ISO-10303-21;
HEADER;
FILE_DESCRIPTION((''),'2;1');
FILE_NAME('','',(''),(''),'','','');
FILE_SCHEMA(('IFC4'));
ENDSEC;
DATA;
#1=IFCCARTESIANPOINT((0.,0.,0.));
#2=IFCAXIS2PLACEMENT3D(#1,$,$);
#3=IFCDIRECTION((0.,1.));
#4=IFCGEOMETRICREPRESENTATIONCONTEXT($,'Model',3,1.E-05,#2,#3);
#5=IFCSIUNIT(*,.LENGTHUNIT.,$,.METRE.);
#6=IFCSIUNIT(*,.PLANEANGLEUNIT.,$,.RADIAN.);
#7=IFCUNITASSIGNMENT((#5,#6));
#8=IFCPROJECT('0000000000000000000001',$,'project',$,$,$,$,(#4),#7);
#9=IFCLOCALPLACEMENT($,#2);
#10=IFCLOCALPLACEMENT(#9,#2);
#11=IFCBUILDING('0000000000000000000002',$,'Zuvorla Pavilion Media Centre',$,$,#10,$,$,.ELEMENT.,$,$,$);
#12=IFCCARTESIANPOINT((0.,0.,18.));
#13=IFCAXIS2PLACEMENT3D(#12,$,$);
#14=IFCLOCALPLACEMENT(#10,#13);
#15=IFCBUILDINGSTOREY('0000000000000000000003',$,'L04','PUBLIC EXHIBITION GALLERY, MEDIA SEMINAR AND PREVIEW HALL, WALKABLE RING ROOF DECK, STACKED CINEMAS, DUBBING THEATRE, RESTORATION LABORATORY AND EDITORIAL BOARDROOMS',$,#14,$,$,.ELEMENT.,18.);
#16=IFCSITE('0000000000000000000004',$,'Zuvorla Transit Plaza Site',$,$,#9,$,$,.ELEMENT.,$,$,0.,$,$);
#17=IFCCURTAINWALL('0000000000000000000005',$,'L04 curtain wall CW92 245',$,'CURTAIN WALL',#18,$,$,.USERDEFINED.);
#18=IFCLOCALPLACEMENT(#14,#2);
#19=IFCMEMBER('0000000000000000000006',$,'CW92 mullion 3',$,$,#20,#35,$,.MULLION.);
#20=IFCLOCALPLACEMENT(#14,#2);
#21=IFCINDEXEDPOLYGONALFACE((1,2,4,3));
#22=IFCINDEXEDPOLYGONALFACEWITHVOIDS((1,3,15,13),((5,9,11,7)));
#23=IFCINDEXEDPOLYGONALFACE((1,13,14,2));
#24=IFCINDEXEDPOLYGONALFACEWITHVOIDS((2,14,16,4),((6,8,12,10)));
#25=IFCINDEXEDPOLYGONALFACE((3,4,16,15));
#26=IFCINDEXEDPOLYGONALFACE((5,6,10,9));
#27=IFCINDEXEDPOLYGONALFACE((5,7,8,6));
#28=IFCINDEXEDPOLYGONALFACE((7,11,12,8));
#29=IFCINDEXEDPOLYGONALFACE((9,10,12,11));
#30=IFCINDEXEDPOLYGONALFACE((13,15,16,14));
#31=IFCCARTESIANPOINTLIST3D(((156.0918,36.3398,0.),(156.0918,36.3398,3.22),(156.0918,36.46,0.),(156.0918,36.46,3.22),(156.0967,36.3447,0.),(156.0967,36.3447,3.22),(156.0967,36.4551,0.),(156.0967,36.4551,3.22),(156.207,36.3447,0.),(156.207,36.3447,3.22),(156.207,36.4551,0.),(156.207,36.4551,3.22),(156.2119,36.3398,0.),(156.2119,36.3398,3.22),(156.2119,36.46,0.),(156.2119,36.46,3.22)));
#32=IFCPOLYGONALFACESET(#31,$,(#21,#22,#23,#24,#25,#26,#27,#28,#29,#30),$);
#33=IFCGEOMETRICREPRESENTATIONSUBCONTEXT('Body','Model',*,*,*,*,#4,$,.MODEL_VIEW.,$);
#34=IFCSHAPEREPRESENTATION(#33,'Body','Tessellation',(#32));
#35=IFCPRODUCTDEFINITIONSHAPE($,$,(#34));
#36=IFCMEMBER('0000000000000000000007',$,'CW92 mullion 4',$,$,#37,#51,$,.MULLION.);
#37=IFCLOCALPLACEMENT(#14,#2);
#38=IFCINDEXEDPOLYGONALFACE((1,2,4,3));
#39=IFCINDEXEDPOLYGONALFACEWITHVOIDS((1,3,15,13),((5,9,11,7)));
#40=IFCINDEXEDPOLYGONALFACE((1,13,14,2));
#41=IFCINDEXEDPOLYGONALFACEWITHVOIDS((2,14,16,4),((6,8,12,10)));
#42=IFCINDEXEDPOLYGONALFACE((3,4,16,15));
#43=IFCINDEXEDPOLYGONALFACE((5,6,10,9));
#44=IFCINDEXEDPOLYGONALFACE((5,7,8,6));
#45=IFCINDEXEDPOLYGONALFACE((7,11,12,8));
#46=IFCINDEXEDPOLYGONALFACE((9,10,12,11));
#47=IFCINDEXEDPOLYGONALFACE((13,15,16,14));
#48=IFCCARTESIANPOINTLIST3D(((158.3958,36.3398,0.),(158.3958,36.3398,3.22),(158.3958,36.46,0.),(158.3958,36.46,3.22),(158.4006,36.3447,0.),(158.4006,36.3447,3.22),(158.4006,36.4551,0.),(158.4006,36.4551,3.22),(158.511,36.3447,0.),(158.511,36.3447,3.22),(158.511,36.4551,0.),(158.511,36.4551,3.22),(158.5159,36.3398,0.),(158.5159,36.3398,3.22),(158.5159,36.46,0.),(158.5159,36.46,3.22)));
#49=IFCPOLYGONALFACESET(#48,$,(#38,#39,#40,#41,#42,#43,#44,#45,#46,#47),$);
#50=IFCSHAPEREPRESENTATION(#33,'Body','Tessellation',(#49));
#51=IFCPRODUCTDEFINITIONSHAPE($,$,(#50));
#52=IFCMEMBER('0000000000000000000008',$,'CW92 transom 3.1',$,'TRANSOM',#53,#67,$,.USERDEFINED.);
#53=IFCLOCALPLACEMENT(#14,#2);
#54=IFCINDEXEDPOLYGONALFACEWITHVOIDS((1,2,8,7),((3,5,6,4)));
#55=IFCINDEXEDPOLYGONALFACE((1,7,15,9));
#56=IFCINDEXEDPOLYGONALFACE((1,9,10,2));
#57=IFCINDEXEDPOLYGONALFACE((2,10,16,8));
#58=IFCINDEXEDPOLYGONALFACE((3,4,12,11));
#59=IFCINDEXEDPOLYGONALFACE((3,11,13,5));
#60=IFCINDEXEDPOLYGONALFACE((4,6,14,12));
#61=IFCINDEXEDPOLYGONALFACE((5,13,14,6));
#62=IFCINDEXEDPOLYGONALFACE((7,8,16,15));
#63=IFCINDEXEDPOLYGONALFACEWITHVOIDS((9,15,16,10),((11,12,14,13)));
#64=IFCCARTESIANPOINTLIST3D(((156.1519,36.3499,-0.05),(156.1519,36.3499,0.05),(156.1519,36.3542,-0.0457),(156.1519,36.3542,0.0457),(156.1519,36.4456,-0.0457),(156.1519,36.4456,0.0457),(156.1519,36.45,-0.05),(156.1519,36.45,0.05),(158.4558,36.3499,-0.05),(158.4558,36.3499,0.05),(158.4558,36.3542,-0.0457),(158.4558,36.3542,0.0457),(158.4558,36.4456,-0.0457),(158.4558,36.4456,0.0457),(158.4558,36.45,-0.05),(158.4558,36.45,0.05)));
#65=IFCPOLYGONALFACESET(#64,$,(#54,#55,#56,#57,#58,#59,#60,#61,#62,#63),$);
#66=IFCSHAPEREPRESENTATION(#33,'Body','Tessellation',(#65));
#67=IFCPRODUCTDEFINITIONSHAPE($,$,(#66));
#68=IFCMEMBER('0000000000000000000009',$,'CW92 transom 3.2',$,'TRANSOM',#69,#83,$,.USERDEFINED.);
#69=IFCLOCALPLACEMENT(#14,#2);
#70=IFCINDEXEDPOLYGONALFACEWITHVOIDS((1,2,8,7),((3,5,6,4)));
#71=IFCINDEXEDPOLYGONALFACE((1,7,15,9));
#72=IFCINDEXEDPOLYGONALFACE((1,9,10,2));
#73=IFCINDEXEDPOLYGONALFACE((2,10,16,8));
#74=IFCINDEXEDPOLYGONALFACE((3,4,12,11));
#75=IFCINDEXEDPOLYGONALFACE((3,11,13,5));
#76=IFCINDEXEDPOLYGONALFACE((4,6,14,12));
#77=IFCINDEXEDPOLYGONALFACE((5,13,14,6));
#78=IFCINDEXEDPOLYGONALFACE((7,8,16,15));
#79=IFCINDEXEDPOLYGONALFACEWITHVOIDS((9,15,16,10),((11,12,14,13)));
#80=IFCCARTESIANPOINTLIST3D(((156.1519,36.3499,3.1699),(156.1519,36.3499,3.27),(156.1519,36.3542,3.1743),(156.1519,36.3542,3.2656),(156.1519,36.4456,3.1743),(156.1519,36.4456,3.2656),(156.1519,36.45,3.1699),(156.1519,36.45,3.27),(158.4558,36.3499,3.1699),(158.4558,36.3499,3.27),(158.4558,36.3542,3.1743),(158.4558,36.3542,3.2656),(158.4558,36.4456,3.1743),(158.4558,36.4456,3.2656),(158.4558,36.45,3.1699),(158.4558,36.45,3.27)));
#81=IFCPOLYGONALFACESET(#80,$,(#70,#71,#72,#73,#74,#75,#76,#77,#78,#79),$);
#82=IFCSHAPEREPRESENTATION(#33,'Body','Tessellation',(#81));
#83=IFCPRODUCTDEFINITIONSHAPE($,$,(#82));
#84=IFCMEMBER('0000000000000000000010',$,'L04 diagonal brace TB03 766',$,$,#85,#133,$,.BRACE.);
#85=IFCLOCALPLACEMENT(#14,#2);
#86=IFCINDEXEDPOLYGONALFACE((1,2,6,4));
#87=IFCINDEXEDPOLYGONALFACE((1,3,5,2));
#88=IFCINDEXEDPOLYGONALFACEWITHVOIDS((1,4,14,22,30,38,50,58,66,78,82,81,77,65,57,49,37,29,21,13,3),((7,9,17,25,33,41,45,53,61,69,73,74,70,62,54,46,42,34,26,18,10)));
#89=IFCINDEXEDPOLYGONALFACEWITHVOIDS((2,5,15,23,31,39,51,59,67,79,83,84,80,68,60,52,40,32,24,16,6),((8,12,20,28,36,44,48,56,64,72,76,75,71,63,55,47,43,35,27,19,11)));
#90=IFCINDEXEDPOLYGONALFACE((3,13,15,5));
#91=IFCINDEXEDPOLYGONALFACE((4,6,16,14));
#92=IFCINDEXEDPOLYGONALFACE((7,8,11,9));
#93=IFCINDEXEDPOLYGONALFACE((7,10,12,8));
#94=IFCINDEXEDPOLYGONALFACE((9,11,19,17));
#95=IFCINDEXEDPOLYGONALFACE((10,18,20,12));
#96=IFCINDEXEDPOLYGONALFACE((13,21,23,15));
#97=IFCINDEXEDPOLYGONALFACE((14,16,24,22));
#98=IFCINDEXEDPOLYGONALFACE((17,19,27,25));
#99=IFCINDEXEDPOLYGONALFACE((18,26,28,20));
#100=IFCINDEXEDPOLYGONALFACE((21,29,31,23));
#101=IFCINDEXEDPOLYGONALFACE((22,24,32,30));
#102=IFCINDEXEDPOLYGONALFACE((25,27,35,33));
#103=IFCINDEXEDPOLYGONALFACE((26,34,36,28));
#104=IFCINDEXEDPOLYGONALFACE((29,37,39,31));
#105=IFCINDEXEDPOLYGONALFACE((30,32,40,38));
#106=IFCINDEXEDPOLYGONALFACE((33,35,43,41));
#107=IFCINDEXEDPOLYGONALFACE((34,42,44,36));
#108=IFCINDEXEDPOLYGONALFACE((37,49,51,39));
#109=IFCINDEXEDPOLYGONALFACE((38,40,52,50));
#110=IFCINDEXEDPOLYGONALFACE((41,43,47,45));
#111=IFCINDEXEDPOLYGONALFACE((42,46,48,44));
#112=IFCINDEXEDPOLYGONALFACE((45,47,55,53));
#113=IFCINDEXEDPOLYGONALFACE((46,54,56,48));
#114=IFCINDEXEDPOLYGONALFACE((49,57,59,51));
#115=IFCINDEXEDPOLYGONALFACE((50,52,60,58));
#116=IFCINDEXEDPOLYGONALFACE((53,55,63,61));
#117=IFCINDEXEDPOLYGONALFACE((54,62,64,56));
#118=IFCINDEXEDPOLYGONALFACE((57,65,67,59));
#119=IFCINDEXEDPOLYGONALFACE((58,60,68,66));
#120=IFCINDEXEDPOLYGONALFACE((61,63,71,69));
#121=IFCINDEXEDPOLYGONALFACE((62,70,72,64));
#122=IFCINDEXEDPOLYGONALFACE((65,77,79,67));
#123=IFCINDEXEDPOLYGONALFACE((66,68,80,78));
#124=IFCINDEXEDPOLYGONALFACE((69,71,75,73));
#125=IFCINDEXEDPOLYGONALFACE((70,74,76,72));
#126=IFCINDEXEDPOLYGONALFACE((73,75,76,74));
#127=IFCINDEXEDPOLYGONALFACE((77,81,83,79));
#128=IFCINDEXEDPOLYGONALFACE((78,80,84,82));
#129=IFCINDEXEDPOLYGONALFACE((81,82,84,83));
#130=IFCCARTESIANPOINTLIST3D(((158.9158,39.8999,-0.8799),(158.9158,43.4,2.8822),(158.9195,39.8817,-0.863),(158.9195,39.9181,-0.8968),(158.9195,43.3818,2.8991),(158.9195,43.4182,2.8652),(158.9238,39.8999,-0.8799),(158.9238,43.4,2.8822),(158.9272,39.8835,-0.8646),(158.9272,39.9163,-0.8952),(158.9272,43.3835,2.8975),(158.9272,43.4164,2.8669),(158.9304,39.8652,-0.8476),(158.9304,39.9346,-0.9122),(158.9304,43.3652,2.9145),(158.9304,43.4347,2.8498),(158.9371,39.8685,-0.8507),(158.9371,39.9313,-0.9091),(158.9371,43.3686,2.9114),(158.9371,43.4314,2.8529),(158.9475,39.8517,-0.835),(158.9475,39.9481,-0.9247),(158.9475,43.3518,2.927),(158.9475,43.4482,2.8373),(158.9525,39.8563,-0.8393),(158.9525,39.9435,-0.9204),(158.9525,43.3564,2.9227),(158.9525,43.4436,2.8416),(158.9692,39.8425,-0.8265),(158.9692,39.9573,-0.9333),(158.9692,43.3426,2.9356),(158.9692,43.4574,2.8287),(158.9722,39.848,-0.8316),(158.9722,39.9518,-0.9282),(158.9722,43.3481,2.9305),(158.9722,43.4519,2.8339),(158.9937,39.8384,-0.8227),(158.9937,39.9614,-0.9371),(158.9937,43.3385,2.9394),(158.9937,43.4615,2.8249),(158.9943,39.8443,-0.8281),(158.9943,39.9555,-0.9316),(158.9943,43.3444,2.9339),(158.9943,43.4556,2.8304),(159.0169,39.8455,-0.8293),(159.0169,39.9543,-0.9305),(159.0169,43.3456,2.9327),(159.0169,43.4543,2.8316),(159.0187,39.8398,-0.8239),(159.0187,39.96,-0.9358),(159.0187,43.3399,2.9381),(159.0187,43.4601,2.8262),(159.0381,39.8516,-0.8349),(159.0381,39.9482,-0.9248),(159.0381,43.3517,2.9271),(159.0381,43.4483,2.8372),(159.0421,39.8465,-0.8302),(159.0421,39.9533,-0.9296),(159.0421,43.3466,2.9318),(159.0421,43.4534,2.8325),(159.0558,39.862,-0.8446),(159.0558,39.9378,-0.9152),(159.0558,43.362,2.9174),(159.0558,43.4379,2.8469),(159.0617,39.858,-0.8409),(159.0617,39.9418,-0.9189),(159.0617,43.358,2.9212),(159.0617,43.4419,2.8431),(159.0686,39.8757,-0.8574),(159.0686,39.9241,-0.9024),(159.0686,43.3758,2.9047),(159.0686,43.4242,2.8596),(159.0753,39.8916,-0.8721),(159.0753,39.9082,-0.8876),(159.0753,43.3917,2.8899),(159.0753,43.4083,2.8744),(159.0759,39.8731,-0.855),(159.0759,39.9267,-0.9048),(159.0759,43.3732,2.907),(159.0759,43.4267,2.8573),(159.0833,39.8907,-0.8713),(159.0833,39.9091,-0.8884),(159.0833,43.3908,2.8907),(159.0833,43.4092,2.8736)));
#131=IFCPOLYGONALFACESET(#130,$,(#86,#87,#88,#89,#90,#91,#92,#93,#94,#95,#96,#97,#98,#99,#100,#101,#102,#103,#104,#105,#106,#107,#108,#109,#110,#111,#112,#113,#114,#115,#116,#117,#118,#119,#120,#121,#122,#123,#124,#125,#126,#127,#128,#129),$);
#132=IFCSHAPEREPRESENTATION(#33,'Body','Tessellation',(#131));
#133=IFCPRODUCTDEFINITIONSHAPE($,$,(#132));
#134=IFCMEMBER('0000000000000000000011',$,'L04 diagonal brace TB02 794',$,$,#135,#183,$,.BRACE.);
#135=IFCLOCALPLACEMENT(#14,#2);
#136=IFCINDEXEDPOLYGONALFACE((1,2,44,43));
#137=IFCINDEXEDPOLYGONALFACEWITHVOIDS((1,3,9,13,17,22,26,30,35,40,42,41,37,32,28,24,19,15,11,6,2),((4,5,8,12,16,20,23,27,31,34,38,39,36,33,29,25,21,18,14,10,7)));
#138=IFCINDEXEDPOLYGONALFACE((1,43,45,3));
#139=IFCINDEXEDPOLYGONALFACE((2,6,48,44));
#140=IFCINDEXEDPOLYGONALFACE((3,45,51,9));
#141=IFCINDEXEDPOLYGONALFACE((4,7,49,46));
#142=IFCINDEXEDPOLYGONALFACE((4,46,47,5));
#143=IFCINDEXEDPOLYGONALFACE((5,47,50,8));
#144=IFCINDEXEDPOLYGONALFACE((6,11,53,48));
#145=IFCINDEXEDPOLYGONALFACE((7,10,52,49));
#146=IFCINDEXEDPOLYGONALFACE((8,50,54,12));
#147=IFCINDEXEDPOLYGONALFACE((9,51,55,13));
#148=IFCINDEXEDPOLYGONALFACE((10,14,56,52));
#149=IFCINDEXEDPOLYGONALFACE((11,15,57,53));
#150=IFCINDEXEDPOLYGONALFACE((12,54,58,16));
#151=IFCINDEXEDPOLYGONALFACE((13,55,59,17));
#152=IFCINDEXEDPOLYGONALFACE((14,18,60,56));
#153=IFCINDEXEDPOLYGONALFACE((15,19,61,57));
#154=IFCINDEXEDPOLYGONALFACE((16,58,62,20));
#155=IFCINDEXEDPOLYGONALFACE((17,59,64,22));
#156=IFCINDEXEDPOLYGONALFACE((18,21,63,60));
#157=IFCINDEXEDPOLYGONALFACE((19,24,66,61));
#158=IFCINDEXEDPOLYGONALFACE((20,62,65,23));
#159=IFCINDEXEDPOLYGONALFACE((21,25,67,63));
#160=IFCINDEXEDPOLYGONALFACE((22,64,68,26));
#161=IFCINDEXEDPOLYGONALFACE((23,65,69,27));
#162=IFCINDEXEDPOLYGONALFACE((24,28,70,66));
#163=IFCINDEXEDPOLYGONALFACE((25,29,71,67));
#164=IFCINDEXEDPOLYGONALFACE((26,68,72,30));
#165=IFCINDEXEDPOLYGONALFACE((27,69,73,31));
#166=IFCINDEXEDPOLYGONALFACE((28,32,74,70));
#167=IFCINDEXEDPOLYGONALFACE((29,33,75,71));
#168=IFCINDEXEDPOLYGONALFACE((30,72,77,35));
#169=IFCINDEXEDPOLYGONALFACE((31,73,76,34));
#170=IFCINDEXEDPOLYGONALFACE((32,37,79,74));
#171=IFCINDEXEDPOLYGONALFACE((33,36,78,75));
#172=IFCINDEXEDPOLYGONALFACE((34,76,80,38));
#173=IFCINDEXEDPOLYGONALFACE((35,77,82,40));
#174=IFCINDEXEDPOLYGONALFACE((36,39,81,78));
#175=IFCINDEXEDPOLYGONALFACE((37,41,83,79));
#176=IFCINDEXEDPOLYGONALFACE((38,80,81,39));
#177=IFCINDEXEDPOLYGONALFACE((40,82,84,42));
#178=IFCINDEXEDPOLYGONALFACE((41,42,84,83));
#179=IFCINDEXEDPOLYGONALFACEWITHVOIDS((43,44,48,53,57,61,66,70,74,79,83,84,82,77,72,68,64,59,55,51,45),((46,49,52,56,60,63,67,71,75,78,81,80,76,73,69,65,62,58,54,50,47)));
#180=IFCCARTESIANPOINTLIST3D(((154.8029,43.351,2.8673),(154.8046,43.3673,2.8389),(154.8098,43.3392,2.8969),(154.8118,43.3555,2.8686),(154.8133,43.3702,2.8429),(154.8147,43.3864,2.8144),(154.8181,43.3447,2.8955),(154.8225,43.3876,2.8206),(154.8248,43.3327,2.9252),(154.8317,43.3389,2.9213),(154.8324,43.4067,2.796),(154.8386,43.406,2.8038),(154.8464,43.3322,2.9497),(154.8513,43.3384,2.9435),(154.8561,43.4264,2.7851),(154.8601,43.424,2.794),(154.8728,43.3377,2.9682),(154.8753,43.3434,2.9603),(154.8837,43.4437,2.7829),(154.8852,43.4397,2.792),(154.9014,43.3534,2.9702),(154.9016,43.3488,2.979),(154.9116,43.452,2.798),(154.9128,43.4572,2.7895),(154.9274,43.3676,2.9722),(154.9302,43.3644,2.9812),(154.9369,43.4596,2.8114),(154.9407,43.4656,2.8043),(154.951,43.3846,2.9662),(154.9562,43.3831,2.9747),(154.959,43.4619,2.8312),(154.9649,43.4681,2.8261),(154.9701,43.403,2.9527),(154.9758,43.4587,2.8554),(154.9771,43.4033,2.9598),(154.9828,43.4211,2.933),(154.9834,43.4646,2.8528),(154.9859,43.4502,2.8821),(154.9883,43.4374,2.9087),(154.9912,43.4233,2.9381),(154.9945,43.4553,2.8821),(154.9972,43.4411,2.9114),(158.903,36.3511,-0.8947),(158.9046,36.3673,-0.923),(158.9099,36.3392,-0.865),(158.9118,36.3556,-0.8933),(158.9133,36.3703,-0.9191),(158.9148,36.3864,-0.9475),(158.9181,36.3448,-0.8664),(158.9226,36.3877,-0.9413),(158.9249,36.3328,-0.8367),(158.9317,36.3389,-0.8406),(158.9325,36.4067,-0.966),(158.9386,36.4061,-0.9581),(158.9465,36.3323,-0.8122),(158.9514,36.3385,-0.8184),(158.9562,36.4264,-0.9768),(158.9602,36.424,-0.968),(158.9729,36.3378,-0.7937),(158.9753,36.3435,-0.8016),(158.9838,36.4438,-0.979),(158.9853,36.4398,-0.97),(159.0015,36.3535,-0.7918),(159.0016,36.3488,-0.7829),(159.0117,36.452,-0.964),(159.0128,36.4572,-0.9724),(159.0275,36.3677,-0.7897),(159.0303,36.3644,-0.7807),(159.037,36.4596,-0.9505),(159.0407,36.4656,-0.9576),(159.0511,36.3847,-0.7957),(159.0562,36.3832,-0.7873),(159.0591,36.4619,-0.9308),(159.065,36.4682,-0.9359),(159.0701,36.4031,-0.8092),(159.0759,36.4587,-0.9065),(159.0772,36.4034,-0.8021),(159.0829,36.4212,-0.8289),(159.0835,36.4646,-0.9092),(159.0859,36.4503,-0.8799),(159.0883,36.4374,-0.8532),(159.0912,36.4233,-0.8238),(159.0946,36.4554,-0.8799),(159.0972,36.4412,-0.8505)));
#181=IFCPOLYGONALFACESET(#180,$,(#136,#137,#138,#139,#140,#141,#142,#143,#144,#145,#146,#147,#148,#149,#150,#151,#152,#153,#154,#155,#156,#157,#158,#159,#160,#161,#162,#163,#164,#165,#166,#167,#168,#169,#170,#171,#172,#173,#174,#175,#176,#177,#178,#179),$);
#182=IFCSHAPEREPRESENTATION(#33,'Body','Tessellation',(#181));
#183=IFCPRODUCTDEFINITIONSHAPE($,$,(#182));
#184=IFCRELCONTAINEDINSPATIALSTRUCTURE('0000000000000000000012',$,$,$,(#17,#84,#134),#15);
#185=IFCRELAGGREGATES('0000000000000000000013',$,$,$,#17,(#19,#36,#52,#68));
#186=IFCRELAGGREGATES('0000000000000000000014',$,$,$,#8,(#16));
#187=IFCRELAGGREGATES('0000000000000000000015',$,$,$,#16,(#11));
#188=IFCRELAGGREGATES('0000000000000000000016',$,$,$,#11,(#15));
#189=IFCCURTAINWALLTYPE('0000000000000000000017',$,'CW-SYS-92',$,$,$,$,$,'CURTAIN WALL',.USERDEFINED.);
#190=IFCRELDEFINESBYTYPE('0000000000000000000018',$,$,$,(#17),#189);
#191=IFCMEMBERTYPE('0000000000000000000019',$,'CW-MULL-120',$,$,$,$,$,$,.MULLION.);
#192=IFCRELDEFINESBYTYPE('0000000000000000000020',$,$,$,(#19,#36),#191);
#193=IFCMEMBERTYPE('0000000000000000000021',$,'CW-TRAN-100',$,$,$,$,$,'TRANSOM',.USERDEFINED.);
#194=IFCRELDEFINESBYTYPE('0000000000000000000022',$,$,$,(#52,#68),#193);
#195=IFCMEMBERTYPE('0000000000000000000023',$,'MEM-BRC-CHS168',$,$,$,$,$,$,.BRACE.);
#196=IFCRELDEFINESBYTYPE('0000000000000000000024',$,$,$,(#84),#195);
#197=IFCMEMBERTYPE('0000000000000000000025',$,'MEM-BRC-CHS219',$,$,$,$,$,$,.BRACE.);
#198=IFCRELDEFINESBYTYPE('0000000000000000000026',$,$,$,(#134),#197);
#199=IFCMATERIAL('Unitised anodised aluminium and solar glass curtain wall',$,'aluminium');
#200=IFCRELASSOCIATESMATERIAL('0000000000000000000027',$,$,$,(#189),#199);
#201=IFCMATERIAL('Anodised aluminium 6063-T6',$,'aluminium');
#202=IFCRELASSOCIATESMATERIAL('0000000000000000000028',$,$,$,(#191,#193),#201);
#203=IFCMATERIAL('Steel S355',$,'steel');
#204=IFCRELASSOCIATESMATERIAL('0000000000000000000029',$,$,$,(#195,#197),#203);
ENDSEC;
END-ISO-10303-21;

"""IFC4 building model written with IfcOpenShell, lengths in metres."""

from ifc_helpers import new_model, si_unit, direction, frame, origin, origin_2d, place, context, subcontext, project, spatial, hollow_rectangle, hollow_circle, extrude, material, material_profile, profile_set, type_object, element, aggregate, save


model = new_model("IFC4")

# Units and contexts
model_context = context("Model", 3, precision=1e-05, world=origin(), true_north=direction((0.0, 1.0)))
body_context = subcontext(model_context, "Body", "Model", "MODEL_VIEW")
ifc_project = project(units=[si_unit("LENGTHUNIT", "METRE"), si_unit("PLANEANGLEUNIT", "RADIAN")], contexts=[model_context])

# Site, building, storey
site_placement = place(None, origin())
site = spatial("IfcSite", under=ifc_project, at=site_placement, Name="Zuvorla Transit Plaza Site", CompositionType="ELEMENT", RefElevation=0.0)
building_placement = place(site_placement, origin())
building = spatial("IfcBuilding", under=site, at=building_placement, Name="Zuvorla Pavilion Media Centre", CompositionType="ELEMENT")
storey_placement = place(building_placement, frame((0.0, 0.0, 18.0)))
storey = spatial("IfcBuildingStorey", under=building, at=storey_placement, Name="L04", Description="PUBLIC EXHIBITION GALLERY, MEDIA SEMINAR AND PREVIEW HALL, WALKABLE RING ROOF DECK, STACKED CINEMAS, DUBBING THEATRE, RESTORATION LABORATORY AND EDITORIAL BOARDROOMS", CompositionType="ELEMENT", Elevation=18.0)

# Curtain wall, members
ifc_material_1 = material(Name="Unitised anodised aluminium and solar glass curtain wall", Category="aluminium")
curtain_wall_type = type_object("IfcCurtainWallType", Name="CW-SYS-92", ElementType="CURTAIN WALL", PredefinedType="USERDEFINED", material=ifc_material_1)
curtain_wall_placement = place(storey_placement, origin())
curtain_wall = element("IfcCurtainWall", 1, at=curtain_wall_placement, inside=storey, type_object=curtain_wall_type, Name="L04 curtain wall CW92 245", ObjectType="CURTAIN WALL", PredefinedType="USERDEFINED")
ifc_material_2 = material(Name="Anodised aluminium 6063-T6", Category="aluminium")
ifc_material_profile_1 = material_profile(ifc_material_2, hollow_rectangle(XDim=0.1201, YDim=0.1201, WallThickness=0.0049, at=origin_2d()), Name="ALU MULL 120x120")
ifc_profile_set_1 = profile_set([ifc_material_profile_1], Name="Anodised aluminium 6063-T6")
member_type_1 = type_object("IfcMemberType", Name="CW-MULL-120", PredefinedType="MULLION", material=ifc_profile_set_1)
member_1_placement = place(storey_placement, frame((156.1519, 36.3999, 0.0), z_axis=(0.0, 0.0, 1.0), x_axis=(1.0, 0.0, 0.0)))
member_1 = element("IfcMember", 2, at=member_1_placement, type_object=member_type_1, Name="CW92 mullion 3", PredefinedType="MULLION", context=body_context, shape_type="SweptSolid", body=[
    extrude(hollow_rectangle(XDim=0.1201, YDim=0.1201, WallThickness=0.0049, at=origin_2d()), origin(), (0.0, 0.0, 1.0), 3.22),
])
member_2_placement = place(storey_placement, frame((158.4558, 36.3999, 0.0), z_axis=(0.0, 0.0, 1.0), x_axis=(1.0, 0.0, 0.0)))
member_2 = element("IfcMember", 3, at=member_2_placement, type_object=member_type_1, Name="CW92 mullion 4", PredefinedType="MULLION", context=body_context, shape_type="SweptSolid", body=[
    extrude(hollow_rectangle(XDim=0.1201, YDim=0.1201, WallThickness=0.0049, at=origin_2d()), origin(), (0.0, 0.0, 1.0), 3.22),
])
ifc_material_profile_2 = material_profile(ifc_material_2, hollow_rectangle(XDim=0.1001, YDim=0.1001, WallThickness=0.0044, at=origin_2d()), Name="ALU TRAN 100x100")
ifc_profile_set_2 = profile_set([ifc_material_profile_2], Name="Anodised aluminium 6063-T6")
member_type_2 = type_object("IfcMemberType", Name="CW-TRAN-100", ElementType="TRANSOM", PredefinedType="USERDEFINED", material=ifc_profile_set_2)
member_3_placement = place(storey_placement, frame((156.1519, 36.3999, 0.0), z_axis=(1.0, 0.0, 0.0), x_axis=(0.0, 1.0, 0.0)))
member_3 = element("IfcMember", 4, at=member_3_placement, type_object=member_type_2, Name="CW92 transom 3.1", ObjectType="TRANSOM", PredefinedType="USERDEFINED", context=body_context, shape_type="SweptSolid", body=[
    extrude(hollow_rectangle(XDim=0.1001, YDim=0.1001, WallThickness=0.0044, at=origin_2d()), origin(), (0.0, 0.0, 1.0), 2.304),
])
member_4_placement = place(storey_placement, frame((156.1519, 36.3999, 3.22), z_axis=(1.0, 0.0, 0.0), x_axis=(0.0, 1.0, 0.0)))
member_4 = element("IfcMember", 5, at=member_4_placement, type_object=member_type_2, Name="CW92 transom 3.2", ObjectType="TRANSOM", PredefinedType="USERDEFINED", context=body_context, shape_type="SweptSolid", body=[
    extrude(hollow_rectangle(XDim=0.1001, YDim=0.1001, WallThickness=0.0044, at=origin_2d()), origin(), (0.0, 0.0, 1.0), 2.304),
])

# Members
ifc_material_3 = material(Name="Steel S355", Category="steel")
ifc_material_profile_3 = material_profile(ifc_material_3, hollow_circle(Radius=0.0842, WallThickness=0.0081, at=origin_2d()), Name="CHS 168.3x8")
ifc_profile_set_3 = profile_set([ifc_material_profile_3], Name="Steel S355")
member_type_3 = type_object("IfcMemberType", Name="MEM-BRC-CHS168", PredefinedType="BRACE", material=ifc_profile_set_3)
member_5_placement = place(storey_placement, frame((159.0, 39.8999, -0.8799), z_axis=(0.0, 0.681156, 0.732138), x_axis=(-1.0, 0.0, 0.0)))
element("IfcMember", 6, at=member_5_placement, inside=storey, type_object=member_type_3, Name="L04 diagonal brace TB03 766", PredefinedType="BRACE", context=body_context, shape_type="SweptSolid", body=[
    extrude(hollow_circle(Radius=0.0842, WallThickness=0.0081, at=origin_2d()), origin(), (0.0, 0.0, 1.0), 5.1384),
])
ifc_material_profile_4 = material_profile(ifc_material_3, hollow_circle(Radius=0.1096, WallThickness=0.01, at=origin_2d()), Name="CHS 219.1x10")
ifc_profile_set_4 = profile_set([ifc_material_profile_4], Name="Steel S355")
member_type_4 = type_object("IfcMemberType", Name="MEM-BRC-CHS219", PredefinedType="BRACE", material=ifc_profile_set_4)
member_6_placement = place(storey_placement, frame((154.8999, 43.3999, 2.8821), z_axis=(0.45851, -0.782804, -0.420697), x_axis=(0.862878, 0.505412, 0.0)))
element("IfcMember", 7, at=member_6_placement, inside=storey, type_object=member_type_4, Name="L04 diagonal brace TB02 794", PredefinedType="BRACE", context=body_context, shape_type="SweptSolid", body=[
    extrude(hollow_circle(Radius=0.1096, WallThickness=0.01, at=origin_2d()), origin(), (0.0, 0.0, 1.0), 8.9421),
])

aggregate(curtain_wall, [member_1, member_2, member_3, member_4])

save(model, "model.ifc")
